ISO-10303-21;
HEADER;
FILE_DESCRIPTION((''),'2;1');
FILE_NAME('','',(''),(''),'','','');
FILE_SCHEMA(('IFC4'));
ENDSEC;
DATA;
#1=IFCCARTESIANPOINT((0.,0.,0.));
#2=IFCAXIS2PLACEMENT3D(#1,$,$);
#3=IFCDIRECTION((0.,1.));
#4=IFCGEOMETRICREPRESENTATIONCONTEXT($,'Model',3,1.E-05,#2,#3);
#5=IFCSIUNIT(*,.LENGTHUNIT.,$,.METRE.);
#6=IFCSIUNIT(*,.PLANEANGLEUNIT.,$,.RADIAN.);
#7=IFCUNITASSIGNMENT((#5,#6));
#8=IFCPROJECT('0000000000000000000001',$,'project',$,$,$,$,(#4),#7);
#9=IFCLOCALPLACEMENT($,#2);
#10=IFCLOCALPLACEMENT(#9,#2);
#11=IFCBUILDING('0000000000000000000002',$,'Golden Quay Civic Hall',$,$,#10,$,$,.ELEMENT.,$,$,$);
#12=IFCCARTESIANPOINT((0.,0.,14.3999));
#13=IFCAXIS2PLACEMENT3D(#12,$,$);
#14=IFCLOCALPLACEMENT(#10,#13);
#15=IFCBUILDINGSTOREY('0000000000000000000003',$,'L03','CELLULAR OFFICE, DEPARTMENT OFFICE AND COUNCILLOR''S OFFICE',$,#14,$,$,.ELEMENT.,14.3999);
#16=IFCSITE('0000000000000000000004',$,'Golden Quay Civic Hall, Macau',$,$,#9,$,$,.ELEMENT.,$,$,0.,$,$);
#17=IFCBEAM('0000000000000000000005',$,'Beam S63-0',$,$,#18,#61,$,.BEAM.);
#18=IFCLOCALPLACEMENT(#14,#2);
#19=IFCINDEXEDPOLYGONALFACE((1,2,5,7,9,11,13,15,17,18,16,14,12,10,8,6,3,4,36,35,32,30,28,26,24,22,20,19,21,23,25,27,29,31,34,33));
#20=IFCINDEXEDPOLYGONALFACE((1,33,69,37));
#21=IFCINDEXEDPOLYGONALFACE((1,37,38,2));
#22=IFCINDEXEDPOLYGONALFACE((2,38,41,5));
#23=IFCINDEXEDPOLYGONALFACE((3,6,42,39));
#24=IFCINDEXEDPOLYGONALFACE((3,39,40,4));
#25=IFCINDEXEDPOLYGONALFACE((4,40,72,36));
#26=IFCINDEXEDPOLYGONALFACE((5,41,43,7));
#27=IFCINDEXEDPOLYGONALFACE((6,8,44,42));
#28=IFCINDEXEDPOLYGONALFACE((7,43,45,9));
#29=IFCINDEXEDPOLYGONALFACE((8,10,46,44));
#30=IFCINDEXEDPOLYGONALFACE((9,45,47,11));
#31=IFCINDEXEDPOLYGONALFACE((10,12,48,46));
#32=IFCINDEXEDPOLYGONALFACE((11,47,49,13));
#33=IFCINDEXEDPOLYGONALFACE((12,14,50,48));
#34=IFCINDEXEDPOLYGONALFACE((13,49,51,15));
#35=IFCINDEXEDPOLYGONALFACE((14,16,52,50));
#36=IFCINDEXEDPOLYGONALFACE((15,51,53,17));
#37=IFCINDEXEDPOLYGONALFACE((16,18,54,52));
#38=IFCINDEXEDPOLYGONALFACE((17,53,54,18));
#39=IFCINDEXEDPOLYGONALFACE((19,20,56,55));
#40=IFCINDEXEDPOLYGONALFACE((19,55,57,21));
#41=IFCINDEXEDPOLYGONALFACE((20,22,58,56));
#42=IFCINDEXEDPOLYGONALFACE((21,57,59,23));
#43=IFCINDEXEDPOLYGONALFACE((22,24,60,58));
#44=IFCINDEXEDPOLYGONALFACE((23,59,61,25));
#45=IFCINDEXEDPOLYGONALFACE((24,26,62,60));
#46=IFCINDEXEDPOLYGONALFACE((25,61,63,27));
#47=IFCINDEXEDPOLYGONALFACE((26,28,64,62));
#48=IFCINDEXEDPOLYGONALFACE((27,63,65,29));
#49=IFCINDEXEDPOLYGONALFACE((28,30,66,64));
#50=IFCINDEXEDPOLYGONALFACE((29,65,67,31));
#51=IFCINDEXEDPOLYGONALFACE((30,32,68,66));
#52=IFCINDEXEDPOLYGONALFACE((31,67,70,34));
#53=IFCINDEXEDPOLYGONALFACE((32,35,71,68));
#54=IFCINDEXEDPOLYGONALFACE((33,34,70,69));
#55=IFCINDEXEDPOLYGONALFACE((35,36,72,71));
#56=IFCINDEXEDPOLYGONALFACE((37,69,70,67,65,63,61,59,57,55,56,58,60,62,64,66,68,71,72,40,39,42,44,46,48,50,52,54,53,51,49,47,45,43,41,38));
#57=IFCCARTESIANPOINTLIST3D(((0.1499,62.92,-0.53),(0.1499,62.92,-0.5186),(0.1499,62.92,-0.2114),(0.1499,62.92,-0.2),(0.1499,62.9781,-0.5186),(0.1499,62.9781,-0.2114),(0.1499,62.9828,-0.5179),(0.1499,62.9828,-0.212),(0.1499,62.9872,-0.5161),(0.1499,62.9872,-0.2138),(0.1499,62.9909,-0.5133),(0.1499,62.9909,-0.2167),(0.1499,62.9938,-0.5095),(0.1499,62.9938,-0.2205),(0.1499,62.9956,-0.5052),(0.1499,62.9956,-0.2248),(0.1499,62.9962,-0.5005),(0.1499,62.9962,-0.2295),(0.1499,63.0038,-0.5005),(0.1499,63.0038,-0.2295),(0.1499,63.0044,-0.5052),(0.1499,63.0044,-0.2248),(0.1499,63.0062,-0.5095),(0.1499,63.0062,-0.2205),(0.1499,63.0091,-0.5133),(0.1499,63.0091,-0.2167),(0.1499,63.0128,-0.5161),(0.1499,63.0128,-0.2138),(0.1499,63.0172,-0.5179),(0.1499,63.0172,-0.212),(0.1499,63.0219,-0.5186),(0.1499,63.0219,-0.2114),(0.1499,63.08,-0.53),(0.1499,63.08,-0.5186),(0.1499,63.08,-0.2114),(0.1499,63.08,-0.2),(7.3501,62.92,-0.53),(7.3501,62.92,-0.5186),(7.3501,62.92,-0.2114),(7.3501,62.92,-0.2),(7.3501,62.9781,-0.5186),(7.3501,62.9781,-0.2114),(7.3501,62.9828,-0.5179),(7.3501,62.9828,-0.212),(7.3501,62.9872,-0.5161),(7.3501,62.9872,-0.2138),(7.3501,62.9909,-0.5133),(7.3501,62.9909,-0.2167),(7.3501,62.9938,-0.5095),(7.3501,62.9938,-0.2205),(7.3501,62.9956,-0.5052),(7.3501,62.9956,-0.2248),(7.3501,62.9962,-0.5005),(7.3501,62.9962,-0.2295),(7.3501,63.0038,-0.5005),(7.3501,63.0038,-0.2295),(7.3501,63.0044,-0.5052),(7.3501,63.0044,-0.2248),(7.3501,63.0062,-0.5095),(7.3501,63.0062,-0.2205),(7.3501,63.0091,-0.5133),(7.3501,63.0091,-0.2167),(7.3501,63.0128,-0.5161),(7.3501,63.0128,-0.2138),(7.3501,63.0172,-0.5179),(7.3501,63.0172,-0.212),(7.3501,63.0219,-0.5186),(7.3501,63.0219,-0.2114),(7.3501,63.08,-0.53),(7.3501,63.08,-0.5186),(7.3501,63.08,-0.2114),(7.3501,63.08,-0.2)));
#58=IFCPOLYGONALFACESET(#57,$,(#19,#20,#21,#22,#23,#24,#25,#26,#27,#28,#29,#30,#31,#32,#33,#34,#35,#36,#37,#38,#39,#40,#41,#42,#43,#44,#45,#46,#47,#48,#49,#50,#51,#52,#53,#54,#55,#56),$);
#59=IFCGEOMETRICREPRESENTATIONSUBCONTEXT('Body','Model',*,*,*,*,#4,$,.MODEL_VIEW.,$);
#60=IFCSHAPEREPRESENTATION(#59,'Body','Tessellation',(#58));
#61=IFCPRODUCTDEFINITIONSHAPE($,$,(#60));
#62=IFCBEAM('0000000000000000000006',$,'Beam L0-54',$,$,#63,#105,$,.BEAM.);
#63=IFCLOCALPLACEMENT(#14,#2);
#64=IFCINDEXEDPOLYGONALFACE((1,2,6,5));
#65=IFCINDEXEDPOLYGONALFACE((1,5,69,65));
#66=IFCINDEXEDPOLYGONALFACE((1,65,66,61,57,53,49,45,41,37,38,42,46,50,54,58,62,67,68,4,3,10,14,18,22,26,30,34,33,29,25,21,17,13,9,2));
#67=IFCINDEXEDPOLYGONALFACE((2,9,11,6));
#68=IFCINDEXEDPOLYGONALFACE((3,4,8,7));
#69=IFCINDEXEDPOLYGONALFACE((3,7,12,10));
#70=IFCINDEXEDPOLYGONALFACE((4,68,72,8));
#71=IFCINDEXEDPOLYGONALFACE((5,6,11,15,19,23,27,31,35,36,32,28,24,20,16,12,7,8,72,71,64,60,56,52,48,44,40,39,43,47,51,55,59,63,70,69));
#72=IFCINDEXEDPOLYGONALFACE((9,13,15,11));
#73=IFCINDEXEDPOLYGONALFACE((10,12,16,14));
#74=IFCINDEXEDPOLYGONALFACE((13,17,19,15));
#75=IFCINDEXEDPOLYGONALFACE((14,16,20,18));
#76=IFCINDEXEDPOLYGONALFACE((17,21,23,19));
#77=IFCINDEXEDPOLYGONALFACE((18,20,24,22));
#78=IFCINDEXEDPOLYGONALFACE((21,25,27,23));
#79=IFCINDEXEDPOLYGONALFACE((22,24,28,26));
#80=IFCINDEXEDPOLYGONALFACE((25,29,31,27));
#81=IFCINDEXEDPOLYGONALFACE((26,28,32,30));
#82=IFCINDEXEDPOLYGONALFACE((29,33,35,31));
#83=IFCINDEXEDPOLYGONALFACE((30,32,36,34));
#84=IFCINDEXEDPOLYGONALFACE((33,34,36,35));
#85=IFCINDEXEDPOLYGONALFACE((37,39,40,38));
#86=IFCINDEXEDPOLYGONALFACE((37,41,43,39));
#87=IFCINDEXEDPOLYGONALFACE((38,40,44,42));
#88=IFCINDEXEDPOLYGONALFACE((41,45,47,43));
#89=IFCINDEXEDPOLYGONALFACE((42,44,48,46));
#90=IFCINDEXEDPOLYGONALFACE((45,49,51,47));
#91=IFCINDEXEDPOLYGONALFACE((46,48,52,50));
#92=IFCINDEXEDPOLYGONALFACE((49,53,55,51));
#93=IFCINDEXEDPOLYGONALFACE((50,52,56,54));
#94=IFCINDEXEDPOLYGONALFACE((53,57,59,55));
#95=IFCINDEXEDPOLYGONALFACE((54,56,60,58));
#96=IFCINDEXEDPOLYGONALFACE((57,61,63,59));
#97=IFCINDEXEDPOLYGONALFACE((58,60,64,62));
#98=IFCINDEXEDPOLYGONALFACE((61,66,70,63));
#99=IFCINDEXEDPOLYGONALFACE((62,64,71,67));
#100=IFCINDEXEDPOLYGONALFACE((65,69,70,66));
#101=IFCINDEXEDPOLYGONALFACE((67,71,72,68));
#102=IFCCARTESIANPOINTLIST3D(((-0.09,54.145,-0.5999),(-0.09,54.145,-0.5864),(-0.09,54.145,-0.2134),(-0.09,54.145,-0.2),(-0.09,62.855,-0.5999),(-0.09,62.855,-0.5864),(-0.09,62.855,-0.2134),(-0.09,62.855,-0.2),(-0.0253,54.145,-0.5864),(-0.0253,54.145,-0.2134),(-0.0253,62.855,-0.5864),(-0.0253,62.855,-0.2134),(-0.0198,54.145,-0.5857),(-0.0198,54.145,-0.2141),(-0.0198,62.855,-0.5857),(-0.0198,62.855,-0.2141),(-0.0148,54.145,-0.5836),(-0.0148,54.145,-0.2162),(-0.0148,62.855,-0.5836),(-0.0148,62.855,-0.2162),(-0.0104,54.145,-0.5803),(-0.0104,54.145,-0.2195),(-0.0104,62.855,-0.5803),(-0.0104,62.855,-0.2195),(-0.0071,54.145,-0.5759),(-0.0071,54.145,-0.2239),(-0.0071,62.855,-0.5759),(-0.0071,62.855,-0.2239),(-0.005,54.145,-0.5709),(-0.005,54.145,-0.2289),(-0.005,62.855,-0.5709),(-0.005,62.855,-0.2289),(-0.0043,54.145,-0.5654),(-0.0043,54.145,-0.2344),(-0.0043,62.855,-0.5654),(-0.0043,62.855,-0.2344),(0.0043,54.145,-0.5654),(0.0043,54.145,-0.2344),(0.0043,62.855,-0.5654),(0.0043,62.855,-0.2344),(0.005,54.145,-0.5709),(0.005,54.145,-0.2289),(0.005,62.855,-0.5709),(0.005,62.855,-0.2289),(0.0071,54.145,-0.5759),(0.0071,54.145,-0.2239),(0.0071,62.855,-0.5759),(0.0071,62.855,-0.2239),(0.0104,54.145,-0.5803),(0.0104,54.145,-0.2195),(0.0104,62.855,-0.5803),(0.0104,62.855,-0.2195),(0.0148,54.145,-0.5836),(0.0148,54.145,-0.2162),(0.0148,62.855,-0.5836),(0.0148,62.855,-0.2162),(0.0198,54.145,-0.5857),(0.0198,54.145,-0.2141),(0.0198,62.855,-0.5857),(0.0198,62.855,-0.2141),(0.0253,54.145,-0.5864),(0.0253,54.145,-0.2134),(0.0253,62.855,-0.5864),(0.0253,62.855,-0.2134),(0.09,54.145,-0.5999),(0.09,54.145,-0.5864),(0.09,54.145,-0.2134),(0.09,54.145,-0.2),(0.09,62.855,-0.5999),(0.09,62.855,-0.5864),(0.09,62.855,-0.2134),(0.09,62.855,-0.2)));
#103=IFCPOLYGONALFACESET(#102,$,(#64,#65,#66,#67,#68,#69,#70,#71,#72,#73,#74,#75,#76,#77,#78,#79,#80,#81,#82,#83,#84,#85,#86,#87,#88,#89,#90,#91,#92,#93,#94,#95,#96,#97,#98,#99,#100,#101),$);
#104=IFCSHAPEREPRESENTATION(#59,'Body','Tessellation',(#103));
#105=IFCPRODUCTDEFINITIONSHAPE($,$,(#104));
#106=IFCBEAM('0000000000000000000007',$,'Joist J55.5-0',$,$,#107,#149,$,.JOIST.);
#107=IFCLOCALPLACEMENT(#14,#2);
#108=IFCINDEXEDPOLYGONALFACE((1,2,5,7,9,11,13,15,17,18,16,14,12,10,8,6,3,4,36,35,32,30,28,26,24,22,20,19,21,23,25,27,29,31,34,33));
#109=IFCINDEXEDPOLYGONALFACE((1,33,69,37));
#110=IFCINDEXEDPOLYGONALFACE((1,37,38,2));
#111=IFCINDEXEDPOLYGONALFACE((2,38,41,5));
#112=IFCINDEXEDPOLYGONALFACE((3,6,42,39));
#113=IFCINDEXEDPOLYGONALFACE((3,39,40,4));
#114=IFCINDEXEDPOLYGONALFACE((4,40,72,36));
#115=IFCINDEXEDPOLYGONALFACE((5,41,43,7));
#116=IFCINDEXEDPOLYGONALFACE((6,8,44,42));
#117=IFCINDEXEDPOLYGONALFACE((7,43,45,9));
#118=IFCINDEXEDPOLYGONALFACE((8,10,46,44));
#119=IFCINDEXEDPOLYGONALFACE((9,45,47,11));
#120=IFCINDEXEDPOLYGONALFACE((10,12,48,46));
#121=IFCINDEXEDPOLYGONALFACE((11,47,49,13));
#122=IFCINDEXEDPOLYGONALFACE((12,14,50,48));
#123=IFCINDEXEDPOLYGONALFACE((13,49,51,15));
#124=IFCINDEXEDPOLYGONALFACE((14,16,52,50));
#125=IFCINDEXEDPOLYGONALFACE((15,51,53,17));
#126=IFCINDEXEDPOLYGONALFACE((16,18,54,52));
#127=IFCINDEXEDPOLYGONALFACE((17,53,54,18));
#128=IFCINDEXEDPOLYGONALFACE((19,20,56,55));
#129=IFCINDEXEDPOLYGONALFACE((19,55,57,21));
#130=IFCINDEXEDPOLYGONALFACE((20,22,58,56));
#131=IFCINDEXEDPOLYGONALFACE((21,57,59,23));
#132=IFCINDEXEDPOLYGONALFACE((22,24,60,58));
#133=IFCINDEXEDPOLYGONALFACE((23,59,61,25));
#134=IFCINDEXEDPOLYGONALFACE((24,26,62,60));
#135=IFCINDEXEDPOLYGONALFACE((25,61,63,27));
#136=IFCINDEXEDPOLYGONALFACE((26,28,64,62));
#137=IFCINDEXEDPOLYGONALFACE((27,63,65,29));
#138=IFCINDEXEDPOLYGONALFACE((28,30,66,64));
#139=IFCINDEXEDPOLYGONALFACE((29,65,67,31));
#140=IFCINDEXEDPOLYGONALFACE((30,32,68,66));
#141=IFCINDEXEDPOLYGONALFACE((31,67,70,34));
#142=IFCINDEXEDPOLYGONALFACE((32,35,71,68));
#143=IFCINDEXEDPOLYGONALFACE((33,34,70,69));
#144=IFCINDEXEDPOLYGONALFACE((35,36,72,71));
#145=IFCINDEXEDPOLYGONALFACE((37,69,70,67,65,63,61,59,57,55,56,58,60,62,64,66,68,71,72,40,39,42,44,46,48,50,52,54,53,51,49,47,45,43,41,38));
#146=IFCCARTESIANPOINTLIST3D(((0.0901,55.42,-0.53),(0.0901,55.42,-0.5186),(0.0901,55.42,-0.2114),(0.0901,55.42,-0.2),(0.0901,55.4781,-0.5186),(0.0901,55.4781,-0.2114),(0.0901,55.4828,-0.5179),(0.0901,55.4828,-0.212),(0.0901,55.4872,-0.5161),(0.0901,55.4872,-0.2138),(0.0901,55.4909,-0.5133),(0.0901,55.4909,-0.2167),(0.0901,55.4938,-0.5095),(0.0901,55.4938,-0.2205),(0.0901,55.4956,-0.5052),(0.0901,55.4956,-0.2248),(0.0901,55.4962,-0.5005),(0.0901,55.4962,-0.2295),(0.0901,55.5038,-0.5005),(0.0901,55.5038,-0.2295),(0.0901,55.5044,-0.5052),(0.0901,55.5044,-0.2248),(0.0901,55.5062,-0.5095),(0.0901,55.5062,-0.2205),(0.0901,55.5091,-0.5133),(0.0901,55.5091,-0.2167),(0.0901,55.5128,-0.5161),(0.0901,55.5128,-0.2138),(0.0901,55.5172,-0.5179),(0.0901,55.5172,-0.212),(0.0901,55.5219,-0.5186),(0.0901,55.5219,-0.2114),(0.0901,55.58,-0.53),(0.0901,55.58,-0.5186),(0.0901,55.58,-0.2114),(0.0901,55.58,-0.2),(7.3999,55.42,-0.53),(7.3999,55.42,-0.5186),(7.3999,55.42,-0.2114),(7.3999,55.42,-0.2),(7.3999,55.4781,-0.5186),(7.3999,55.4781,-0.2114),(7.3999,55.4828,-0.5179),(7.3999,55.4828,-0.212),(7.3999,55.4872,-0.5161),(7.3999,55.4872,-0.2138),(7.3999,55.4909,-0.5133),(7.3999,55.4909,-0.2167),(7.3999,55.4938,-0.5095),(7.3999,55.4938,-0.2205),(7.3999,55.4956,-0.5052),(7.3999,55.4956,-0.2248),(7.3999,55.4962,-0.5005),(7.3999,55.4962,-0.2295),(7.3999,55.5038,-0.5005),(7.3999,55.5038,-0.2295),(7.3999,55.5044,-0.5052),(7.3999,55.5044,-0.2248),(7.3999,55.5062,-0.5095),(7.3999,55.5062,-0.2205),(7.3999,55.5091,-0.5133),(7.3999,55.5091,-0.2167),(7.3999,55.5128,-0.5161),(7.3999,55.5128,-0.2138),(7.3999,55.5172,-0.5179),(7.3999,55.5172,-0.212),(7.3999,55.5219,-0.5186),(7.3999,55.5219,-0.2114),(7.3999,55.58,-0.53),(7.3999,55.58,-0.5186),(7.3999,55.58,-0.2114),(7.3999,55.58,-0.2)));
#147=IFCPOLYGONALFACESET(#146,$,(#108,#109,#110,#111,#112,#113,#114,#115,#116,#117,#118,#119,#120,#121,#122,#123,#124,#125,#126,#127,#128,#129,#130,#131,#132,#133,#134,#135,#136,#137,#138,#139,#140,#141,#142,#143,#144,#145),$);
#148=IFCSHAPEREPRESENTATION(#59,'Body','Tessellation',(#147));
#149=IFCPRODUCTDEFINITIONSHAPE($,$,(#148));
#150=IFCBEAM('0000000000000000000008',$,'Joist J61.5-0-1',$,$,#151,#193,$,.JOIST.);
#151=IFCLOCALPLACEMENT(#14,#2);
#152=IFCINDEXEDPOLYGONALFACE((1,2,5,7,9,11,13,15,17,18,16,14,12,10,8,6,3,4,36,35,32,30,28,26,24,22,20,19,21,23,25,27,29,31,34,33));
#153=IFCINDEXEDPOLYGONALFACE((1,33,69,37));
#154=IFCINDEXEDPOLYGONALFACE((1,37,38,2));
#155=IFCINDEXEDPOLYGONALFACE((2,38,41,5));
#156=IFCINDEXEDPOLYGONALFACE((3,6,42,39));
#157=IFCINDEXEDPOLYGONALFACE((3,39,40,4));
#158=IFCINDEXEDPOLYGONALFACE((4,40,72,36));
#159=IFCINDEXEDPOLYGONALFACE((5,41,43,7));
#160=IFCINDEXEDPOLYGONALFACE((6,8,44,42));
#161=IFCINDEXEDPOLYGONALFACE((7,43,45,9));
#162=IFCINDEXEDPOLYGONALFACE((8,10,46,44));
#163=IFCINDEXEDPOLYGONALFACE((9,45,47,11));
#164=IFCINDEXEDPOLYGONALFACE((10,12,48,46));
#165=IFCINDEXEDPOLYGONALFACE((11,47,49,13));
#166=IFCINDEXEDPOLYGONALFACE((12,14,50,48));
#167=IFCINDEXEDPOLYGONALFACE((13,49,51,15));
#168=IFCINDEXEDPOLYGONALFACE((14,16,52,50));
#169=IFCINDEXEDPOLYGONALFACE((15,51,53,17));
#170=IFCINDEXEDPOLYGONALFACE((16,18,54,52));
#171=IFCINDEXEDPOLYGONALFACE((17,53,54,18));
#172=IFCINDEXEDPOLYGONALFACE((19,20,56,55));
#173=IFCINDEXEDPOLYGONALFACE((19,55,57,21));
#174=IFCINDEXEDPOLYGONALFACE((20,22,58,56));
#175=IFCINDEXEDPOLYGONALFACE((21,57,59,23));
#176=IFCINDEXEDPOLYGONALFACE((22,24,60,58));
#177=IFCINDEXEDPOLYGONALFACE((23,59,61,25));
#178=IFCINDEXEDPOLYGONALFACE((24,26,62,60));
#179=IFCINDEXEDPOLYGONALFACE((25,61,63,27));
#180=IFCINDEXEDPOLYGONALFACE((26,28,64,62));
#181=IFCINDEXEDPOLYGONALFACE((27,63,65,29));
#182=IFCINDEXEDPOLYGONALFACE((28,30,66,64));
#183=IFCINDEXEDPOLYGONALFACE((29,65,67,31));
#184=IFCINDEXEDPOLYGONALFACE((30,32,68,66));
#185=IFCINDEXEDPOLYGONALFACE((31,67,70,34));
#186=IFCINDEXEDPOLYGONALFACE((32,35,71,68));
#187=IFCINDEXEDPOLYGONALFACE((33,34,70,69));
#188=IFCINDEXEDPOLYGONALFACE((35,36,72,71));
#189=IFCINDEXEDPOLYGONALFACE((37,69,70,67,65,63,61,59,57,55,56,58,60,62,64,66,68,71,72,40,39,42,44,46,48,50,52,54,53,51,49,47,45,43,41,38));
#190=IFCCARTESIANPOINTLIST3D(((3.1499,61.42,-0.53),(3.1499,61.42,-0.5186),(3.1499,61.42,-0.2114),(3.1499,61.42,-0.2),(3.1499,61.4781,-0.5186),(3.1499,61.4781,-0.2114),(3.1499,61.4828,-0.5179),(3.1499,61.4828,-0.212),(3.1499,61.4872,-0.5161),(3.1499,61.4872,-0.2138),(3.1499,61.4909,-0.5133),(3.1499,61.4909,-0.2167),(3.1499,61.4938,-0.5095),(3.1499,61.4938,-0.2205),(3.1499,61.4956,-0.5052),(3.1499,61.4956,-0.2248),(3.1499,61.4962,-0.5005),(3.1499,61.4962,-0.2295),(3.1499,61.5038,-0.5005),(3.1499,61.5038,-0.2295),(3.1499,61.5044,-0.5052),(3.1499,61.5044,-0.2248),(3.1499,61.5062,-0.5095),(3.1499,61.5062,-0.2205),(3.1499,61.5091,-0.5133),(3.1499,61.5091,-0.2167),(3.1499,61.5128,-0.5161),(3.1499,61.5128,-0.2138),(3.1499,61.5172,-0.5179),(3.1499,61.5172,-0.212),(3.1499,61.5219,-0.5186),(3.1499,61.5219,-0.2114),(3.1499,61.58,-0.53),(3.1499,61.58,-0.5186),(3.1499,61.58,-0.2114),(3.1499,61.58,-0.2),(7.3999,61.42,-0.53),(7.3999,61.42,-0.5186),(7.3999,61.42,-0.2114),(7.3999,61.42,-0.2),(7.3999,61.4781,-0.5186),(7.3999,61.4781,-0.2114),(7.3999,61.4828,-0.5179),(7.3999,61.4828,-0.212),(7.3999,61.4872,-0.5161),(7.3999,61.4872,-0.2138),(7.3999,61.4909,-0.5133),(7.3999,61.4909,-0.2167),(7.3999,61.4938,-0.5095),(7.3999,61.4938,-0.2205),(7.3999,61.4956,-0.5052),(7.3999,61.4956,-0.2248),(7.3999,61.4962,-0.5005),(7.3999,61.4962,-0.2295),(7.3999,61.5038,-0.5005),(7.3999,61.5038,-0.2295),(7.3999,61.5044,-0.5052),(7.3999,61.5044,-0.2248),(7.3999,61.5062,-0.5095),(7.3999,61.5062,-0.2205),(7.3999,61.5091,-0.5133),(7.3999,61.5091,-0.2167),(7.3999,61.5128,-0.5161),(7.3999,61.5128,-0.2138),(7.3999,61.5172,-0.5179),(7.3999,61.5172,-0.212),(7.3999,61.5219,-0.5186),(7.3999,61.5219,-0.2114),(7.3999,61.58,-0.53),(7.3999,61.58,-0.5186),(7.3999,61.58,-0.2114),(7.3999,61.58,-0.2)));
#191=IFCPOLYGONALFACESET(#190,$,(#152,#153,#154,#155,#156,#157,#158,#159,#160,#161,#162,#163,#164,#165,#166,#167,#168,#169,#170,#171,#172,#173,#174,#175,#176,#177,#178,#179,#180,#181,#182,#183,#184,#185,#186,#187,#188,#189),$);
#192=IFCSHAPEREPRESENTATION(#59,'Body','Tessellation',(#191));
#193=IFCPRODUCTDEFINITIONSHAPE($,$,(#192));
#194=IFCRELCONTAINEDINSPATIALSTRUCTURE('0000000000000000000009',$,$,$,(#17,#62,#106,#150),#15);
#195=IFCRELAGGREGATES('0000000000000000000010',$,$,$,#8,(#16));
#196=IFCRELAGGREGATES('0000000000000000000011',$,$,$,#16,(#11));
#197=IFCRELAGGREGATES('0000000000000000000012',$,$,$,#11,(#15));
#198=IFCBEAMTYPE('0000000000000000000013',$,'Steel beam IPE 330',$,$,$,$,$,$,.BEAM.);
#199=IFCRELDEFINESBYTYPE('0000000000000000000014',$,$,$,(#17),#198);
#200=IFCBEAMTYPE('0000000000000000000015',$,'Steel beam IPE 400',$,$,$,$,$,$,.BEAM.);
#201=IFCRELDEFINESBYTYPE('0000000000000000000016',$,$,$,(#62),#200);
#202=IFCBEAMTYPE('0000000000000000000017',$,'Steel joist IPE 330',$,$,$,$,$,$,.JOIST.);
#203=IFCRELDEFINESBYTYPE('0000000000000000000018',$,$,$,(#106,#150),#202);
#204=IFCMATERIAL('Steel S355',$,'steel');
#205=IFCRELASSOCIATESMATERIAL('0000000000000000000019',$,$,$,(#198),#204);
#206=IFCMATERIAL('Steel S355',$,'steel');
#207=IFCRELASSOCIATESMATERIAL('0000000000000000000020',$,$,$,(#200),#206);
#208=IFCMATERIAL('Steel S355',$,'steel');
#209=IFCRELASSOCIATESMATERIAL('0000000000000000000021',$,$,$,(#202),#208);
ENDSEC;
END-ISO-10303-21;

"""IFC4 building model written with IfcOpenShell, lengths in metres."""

from ifc_helpers import new_model, si_unit, direction, frame, origin, origin_2d, place, context, subcontext, project, spatial, i_section, extrude, material, material_profile, profile_set, type_object, element, save


model = new_model("IFC4")

# Units and contexts
model_context = context("Model", 3, precision=1e-05, world=origin(), true_north=direction((0.0, 1.0)))
body_context = subcontext(model_context, "Body", "Model", "MODEL_VIEW")
ifc_project = project(units=[si_unit("LENGTHUNIT", "METRE"), si_unit("PLANEANGLEUNIT", "RADIAN")], contexts=[model_context])

# Site, building, storey
site_placement = place(None, origin())
site = spatial("IfcSite", under=ifc_project, at=site_placement, Name="Golden Quay Civic Hall, Macau", CompositionType="ELEMENT", RefElevation=0.0)
building_placement = place(site_placement, origin())
building = spatial("IfcBuilding", under=site, at=building_placement, Name="Golden Quay Civic Hall", CompositionType="ELEMENT")
storey_placement = place(building_placement, frame((0.0, 0.0, 14.3999)))
storey = spatial("IfcBuildingStorey", under=building, at=storey_placement, Name="L03", Description="CELLULAR OFFICE, DEPARTMENT OFFICE AND COUNCILLOR'S OFFICE", CompositionType="ELEMENT", Elevation=14.3999)

# Beams
ifc_material_1 = material(Name="Steel S355", Category="steel")
ifc_material_profile_1 = material_profile(ifc_material_1, i_section(OverallWidth=0.1599, OverallDepth=0.3301, WebThickness=0.0076, FlangeThickness=0.0115, FilletRadius=0.0181, at=origin_2d()), Name="IPE 330")
ifc_profile_set_1 = profile_set([ifc_material_profile_1], Name="Steel S355")
beam_type_1 = type_object("IfcBeamType", Name="Steel beam IPE 330", PredefinedType="BEAM", material=ifc_profile_set_1)
for number, where, z_axis, x_axis, name in (
    (1, (0.1499, 63.0, -0.365), (1.0, 0.0, 0.0), (0.0, 1.0, 0.0), "Beam S63-0"),
):
    element("IfcBeam", number, at=place(storey_placement, frame(where, z_axis=z_axis, x_axis=x_axis)), inside=storey, type_object=beam_type_1, Name=name, PredefinedType="BEAM", context=body_context, shape_type="SweptSolid", body=[
        extrude(i_section(OverallWidth=0.1599, OverallDepth=0.3301, WebThickness=0.0076, FlangeThickness=0.0115, FilletRadius=0.0181, at=origin_2d()), origin(), (0.0, 0.0, 1.0), 7.2002),
    ])
ifc_material_2 = material(Name="Steel S355", Category="steel")
ifc_material_profile_2 = material_profile(ifc_material_2, i_section(OverallWidth=0.1799, OverallDepth=0.3999, WebThickness=0.0085, FlangeThickness=0.0134, FilletRadius=0.021, at=origin_2d()), Name="IPE 400")
ifc_profile_set_2 = profile_set([ifc_material_profile_2], Name="Steel S355")
beam_type_2 = type_object("IfcBeamType", Name="Steel beam IPE 400", PredefinedType="BEAM", material=ifc_profile_set_2)
beam_1_placement = place(storey_placement, frame((0.0, 54.145, -0.3999), z_axis=(0.0, 1.0, 0.0), x_axis=(-1.0, 0.0, 0.0)))
element("IfcBeam", 2, at=beam_1_placement, inside=storey, type_object=beam_type_2, Name="Beam L0-54", PredefinedType="BEAM", context=body_context, shape_type="SweptSolid", body=[
    extrude(i_section(OverallWidth=0.1799, OverallDepth=0.3999, WebThickness=0.0085, FlangeThickness=0.0134, FilletRadius=0.021, at=origin_2d()), origin(), (0.0, 0.0, 1.0), 8.71),
])
ifc_material_3 = material(Name="Steel S355", Category="steel")
ifc_material_profile_3 = material_profile(ifc_material_3, i_section(OverallWidth=0.1599, OverallDepth=0.3301, WebThickness=0.0076, FlangeThickness=0.0115, FilletRadius=0.0181, at=origin_2d()), Name="IPE 330")
ifc_profile_set_3 = profile_set([ifc_material_profile_3], Name="Steel S355")
beam_type_3 = type_object("IfcBeamType", Name="Steel joist IPE 330", PredefinedType="JOIST", material=ifc_profile_set_3)
beam_2_placement = place(storey_placement, frame((0.0901, 55.5, -0.365), z_axis=(1.0, 0.0, 0.0), x_axis=(0.0, 1.0, 0.0)))
element("IfcBeam", 3, at=beam_2_placement, inside=storey, type_object=beam_type_3, Name="Joist J55.5-0", PredefinedType="JOIST", context=body_context, shape_type="SweptSolid", body=[
    extrude(i_section(OverallWidth=0.1599, OverallDepth=0.3301, WebThickness=0.0076, FlangeThickness=0.0115, FilletRadius=0.0181, at=origin_2d()), origin(), (0.0, 0.0, 1.0), 7.3098),
])
beam_3_placement = place(storey_placement, frame((3.1499, 61.5, -0.365), z_axis=(1.0, 0.0, 0.0), x_axis=(0.0, 1.0, 0.0)))
element("IfcBeam", 4, at=beam_3_placement, inside=storey, type_object=beam_type_3, Name="Joist J61.5-0-1", PredefinedType="JOIST", context=body_context, shape_type="SweptSolid", body=[
    extrude(i_section(OverallWidth=0.1599, OverallDepth=0.3301, WebThickness=0.0076, FlangeThickness=0.0115, FilletRadius=0.0181, at=origin_2d()), origin(), (0.0, 0.0, 1.0), 4.25),
])

save(model, "model.ifc")
